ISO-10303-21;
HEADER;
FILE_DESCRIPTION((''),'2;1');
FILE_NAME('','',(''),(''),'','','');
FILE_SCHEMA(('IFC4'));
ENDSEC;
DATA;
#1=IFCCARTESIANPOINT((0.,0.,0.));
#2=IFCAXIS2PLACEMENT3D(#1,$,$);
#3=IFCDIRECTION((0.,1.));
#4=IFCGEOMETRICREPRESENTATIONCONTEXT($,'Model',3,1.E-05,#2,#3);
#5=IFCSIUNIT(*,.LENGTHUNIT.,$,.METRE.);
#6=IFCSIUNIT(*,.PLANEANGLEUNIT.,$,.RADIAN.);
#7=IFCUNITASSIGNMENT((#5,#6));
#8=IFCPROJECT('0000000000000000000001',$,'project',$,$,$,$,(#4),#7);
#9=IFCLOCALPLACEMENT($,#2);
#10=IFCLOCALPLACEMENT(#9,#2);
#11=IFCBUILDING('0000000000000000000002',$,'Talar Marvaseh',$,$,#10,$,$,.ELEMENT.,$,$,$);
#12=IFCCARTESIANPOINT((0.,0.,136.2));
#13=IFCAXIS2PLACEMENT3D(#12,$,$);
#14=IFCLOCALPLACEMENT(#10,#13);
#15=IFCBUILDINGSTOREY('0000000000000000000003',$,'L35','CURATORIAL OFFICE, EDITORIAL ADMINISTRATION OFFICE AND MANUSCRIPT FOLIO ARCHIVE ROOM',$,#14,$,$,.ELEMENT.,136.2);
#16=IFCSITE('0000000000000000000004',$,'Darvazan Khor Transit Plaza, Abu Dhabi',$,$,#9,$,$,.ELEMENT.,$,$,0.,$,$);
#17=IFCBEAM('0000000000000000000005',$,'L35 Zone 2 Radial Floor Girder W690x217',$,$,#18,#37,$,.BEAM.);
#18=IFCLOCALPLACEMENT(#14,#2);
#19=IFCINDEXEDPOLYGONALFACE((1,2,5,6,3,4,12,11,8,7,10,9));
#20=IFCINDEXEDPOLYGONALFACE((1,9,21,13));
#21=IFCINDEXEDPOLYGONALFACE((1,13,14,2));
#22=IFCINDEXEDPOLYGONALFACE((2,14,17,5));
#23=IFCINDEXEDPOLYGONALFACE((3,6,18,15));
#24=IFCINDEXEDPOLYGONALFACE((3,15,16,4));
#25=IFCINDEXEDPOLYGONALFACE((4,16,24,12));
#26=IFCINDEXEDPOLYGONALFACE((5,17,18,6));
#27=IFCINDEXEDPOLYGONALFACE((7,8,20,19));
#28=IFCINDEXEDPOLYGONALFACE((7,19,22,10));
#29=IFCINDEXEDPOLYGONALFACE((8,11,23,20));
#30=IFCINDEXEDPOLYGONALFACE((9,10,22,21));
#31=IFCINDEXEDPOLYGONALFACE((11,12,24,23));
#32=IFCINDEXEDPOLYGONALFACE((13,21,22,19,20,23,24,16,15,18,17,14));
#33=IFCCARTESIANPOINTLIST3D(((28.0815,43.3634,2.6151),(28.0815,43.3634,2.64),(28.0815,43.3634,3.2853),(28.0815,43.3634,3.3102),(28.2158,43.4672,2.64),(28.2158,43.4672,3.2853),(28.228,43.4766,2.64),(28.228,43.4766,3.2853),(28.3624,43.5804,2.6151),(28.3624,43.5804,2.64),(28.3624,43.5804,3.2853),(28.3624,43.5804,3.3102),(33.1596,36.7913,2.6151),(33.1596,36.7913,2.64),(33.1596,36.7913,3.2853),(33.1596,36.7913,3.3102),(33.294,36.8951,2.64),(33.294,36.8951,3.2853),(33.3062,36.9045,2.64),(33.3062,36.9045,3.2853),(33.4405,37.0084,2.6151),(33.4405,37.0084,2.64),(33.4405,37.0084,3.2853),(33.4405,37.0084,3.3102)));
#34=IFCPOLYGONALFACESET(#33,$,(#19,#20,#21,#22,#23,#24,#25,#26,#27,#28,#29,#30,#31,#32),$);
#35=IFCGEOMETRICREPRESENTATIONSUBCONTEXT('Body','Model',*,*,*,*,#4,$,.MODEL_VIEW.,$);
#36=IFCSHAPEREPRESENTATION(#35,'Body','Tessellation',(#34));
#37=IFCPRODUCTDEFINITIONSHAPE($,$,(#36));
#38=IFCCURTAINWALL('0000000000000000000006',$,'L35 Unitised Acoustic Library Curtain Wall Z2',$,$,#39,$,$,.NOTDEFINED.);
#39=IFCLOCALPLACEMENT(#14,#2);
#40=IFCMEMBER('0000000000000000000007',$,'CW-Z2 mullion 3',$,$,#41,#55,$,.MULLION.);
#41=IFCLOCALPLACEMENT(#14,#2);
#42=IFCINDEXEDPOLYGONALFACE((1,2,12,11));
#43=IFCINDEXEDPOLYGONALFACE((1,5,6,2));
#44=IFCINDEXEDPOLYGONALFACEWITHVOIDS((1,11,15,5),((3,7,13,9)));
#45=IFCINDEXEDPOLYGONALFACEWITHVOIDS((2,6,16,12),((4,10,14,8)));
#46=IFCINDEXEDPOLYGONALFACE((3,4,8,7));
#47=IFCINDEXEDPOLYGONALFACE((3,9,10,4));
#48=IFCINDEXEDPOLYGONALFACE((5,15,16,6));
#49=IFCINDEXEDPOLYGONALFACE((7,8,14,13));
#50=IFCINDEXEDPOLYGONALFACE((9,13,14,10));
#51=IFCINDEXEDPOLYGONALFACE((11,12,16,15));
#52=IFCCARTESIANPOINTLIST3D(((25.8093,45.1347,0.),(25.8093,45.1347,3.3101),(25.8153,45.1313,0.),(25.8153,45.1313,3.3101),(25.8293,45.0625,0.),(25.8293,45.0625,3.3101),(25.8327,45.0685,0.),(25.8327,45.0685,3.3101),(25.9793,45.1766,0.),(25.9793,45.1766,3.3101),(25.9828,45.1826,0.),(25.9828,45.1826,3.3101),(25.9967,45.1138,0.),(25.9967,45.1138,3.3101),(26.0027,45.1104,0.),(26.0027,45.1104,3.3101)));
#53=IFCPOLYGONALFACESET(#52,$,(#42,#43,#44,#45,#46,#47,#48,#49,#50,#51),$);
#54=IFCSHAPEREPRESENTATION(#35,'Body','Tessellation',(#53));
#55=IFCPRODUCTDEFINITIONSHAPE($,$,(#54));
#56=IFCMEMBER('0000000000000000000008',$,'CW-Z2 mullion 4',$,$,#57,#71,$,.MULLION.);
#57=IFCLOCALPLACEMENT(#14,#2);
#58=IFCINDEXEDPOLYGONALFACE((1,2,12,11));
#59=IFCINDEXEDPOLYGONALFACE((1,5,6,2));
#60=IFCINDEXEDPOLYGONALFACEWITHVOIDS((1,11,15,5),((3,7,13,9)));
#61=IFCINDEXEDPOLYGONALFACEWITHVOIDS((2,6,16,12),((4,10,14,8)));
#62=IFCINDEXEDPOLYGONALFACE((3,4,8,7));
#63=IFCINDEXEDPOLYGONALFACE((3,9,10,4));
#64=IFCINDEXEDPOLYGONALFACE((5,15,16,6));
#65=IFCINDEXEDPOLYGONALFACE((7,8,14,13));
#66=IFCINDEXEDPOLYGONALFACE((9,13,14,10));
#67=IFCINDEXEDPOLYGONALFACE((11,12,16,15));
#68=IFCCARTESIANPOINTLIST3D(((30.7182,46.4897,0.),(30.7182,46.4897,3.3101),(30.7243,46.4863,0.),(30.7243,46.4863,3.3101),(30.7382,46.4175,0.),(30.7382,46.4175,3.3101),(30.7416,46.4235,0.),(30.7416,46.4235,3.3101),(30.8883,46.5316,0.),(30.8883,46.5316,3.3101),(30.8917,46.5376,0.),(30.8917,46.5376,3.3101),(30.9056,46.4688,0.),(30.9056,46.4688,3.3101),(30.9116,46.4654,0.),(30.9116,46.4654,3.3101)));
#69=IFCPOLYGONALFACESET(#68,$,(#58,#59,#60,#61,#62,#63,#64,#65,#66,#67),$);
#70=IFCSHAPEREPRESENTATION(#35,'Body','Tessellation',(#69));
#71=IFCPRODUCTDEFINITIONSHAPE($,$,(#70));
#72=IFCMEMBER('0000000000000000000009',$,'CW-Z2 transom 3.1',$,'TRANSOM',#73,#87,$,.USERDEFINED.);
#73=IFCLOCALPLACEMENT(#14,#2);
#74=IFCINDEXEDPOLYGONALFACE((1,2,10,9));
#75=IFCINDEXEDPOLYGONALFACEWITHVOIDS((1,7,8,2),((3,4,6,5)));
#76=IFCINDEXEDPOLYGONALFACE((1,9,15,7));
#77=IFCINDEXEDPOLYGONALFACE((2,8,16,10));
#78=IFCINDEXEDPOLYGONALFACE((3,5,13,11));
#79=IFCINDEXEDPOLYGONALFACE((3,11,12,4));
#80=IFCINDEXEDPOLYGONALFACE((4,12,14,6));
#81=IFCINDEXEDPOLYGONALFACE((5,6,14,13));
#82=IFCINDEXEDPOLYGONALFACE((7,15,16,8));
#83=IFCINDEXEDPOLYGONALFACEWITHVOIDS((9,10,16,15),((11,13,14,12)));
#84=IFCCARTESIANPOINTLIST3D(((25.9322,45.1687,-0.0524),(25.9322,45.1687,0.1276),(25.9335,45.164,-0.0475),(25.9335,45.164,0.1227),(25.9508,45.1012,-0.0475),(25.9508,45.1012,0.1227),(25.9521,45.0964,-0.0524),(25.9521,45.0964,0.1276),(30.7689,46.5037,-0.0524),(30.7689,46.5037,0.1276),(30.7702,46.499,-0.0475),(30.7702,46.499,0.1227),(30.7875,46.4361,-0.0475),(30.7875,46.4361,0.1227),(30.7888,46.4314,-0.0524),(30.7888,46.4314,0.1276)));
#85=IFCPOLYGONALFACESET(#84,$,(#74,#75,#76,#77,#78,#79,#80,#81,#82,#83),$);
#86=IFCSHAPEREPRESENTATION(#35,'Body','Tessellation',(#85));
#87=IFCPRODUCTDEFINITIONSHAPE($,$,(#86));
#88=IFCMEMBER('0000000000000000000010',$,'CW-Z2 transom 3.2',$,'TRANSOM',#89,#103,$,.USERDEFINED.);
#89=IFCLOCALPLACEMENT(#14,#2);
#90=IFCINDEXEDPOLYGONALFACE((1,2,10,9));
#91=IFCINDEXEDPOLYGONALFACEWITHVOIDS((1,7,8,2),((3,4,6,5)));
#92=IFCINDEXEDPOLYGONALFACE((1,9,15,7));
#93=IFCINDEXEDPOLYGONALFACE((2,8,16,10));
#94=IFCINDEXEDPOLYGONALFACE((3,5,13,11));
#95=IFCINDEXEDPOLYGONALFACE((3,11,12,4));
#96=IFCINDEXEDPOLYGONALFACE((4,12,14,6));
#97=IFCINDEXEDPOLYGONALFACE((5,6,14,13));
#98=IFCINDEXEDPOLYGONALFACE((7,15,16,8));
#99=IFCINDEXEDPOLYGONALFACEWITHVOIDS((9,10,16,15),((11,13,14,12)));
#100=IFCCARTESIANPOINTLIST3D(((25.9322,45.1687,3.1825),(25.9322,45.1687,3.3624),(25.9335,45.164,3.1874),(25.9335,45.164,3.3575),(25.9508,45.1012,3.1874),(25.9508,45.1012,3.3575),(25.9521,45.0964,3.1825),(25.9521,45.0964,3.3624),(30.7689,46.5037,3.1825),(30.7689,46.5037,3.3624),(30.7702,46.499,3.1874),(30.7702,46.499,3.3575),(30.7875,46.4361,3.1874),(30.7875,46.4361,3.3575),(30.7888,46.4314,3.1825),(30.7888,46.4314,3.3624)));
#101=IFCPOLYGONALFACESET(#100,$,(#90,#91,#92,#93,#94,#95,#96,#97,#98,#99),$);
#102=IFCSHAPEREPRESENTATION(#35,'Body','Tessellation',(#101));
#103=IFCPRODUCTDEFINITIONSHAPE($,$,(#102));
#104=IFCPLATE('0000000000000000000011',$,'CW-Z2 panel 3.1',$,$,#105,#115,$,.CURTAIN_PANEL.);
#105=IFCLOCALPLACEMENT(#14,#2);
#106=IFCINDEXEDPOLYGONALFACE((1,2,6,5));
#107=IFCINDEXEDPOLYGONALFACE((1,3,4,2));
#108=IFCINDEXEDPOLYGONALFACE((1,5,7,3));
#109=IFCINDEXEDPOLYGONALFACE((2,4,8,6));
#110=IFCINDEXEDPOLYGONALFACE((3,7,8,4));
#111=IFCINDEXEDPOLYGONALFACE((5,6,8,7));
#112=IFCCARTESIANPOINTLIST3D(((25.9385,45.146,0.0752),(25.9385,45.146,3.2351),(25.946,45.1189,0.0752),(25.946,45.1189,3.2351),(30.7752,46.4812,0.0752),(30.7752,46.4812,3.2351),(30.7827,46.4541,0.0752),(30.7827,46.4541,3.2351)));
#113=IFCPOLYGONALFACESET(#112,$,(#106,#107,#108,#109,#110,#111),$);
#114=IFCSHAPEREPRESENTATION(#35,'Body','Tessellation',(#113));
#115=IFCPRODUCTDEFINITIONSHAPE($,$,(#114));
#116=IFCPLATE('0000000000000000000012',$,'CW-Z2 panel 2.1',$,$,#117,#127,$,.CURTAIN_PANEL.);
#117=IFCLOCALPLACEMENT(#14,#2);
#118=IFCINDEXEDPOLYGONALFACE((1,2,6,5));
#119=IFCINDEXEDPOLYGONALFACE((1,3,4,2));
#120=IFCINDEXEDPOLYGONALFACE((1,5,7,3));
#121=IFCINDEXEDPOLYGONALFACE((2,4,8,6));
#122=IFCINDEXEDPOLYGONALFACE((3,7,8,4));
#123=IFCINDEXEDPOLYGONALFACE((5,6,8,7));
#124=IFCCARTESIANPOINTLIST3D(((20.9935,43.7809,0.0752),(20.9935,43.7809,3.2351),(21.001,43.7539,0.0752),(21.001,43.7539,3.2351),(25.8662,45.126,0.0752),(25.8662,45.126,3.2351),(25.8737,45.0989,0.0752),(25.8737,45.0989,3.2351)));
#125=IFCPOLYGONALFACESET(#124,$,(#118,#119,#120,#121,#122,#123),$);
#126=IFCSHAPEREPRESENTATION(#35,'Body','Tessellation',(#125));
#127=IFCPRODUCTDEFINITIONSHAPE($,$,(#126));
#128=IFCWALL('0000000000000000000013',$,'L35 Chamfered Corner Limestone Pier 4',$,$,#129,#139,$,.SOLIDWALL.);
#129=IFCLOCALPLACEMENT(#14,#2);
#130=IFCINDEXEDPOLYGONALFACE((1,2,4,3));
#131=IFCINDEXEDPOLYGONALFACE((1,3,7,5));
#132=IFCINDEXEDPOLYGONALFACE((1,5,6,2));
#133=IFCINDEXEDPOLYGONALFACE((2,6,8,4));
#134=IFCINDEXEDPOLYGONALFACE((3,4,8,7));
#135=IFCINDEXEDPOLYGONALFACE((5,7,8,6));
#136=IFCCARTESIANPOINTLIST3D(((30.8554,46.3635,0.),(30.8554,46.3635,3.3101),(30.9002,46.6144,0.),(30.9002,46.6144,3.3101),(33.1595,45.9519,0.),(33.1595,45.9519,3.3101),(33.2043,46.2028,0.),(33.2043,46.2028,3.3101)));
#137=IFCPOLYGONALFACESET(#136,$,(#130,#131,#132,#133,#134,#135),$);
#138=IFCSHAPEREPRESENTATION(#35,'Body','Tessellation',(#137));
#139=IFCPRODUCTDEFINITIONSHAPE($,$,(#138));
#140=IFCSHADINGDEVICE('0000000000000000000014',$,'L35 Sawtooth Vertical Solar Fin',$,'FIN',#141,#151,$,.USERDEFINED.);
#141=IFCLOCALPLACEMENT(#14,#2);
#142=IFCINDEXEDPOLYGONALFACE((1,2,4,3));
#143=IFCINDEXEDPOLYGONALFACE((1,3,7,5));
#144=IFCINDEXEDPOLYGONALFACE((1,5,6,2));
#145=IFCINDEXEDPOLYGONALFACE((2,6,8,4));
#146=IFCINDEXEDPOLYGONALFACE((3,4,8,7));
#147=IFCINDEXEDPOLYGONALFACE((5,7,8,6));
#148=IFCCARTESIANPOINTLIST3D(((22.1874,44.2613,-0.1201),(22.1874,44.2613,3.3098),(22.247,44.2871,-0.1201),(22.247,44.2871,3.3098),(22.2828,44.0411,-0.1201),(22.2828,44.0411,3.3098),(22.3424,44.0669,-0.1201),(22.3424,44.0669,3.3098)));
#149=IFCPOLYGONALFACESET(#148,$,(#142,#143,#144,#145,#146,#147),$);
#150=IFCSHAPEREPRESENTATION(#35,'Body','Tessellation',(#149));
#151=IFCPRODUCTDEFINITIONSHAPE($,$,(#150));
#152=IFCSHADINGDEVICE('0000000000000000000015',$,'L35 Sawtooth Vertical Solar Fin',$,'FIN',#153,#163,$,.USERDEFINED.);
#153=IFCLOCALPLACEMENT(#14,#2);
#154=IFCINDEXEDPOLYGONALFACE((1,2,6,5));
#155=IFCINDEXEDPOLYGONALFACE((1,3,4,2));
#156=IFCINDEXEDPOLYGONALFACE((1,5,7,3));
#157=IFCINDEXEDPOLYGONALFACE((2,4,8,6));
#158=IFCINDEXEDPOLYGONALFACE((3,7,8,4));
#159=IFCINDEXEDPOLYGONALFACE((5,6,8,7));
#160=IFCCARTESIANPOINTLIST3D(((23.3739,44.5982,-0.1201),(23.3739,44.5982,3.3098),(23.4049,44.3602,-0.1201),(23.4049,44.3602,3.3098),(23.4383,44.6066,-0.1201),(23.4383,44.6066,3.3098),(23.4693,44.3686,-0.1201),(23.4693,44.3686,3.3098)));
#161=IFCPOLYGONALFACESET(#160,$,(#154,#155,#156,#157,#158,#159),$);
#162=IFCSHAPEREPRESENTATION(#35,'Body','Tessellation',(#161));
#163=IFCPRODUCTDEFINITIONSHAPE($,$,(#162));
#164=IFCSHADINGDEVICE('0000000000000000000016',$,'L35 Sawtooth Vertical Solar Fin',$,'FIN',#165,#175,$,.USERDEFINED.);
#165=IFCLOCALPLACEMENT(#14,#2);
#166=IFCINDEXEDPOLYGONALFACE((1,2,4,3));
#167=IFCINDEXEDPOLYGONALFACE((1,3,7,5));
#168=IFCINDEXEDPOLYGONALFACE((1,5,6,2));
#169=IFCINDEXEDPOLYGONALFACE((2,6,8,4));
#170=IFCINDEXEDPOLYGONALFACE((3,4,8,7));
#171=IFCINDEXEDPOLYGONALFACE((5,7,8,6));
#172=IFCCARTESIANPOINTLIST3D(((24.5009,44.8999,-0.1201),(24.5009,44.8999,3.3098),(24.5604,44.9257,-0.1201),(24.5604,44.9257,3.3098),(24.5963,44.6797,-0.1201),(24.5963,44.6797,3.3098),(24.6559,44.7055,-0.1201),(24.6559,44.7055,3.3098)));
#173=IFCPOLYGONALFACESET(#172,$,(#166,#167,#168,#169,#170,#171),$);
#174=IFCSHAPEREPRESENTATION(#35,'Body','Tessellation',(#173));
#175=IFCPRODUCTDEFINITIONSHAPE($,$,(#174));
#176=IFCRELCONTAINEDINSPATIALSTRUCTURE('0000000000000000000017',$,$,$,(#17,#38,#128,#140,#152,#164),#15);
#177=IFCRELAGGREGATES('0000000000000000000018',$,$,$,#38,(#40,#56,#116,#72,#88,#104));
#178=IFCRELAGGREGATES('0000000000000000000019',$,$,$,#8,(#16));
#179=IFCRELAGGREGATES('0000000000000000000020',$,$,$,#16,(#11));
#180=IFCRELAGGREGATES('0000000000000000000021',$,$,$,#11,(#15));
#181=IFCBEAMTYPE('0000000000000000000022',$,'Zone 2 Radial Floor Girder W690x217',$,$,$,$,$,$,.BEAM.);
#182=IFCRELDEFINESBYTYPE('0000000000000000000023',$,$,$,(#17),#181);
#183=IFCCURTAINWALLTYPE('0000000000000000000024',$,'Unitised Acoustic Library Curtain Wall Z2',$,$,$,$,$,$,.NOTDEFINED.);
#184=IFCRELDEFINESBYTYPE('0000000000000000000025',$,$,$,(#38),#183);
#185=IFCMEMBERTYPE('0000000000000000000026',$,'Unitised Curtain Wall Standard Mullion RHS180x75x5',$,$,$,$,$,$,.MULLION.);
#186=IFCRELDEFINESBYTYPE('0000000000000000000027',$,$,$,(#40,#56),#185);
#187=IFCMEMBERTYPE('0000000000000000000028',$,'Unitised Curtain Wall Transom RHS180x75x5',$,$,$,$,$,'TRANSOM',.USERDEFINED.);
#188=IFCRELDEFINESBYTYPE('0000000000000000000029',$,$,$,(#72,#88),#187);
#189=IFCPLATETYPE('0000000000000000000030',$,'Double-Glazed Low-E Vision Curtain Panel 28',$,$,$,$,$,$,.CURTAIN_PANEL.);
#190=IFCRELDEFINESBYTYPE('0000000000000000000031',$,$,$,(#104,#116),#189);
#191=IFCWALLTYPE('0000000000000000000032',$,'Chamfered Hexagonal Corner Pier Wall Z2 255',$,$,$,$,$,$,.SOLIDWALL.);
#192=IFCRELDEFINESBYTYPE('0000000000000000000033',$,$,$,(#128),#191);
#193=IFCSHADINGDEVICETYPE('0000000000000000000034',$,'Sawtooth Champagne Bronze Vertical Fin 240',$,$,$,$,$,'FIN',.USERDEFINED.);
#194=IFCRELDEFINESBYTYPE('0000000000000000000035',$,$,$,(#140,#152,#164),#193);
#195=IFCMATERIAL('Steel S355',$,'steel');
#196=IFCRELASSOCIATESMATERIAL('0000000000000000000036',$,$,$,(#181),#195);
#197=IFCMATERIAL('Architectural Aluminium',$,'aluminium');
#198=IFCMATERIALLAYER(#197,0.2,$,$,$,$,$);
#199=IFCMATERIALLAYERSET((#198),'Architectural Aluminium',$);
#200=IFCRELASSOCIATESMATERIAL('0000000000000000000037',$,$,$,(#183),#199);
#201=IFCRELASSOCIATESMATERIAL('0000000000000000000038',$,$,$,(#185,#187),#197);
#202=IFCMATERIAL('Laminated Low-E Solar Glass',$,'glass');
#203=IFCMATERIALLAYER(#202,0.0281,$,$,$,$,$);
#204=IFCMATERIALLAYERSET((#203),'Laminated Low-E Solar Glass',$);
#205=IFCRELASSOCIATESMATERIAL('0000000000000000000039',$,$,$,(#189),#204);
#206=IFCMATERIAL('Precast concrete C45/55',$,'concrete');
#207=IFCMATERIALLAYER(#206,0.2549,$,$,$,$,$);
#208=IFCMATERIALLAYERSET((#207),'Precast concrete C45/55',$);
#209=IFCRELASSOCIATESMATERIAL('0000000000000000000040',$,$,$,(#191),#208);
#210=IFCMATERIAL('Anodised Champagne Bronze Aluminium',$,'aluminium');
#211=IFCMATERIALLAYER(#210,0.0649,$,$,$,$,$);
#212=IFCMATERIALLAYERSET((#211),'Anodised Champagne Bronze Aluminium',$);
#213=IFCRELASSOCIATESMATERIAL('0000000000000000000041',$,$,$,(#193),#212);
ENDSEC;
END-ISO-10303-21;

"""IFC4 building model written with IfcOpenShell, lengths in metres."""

from ifc_helpers import new_model, si_unit, direction, frame, frame_2d, origin, origin_2d, place, context, subcontext, project, spatial, rectangle, hollow_rectangle, i_section, extrude, source, transform, mapped, material, layer, layer_set, material_profile, profile_set, type_object, type_shapes, element, aggregate, save


model = new_model("IFC4")

# Units and contexts
model_context = context("Model", 3, precision=1e-05, world=origin(), true_north=direction((0.0, 1.0)))
body_context = subcontext(model_context, "Body", "Model", "MODEL_VIEW")
ifc_project = project(units=[si_unit("LENGTHUNIT", "METRE"), si_unit("PLANEANGLEUNIT", "RADIAN")], contexts=[model_context])

# Site, building, storey
site_placement = place(None, origin())
site = spatial("IfcSite", under=ifc_project, at=site_placement, Name="Darvazan Khor Transit Plaza, Abu Dhabi", CompositionType="ELEMENT", RefElevation=0.0)
building_placement = place(site_placement, origin())
building = spatial("IfcBuilding", under=site, at=building_placement, Name="Talar Marvaseh", CompositionType="ELEMENT")
storey_placement = place(building_placement, frame((0.0, 0.0, 136.2)))
storey = spatial("IfcBuildingStorey", under=building, at=storey_placement, Name="L35", Description="CURATORIAL OFFICE, EDITORIAL ADMINISTRATION OFFICE AND MANUSCRIPT FOLIO ARCHIVE ROOM", CompositionType="ELEMENT", Elevation=136.2)

# Beam
ifc_material_1 = material(Name="Steel S355", Category="steel")
ifc_material_profile_1 = material_profile(ifc_material_1, i_section(OverallWidth=0.355, OverallDepth=0.6951, WebThickness=0.0154, FlangeThickness=0.0249, at=origin_2d()), Name="W690x217")
ifc_profile_set_1 = profile_set([ifc_material_profile_1], Name="Steel S355")
beam_type = type_object("IfcBeamType", Name="Zone 2 Radial Floor Girder W690x217", PredefinedType="BEAM", material=ifc_profile_set_1)
beam_placement = place(storey_placement, frame((28.2219, 43.4719, 2.9626), z_axis=(0.611428, -0.7913, 0.0), x_axis=(0.7913, 0.611428, 0.0)))
element("IfcBeam", 1, at=beam_placement, inside=storey, type_object=beam_type, Name="L35 Zone 2 Radial Floor Girder W690x217", PredefinedType="BEAM", context=body_context, shape_type="SweptSolid", body=[
    extrude(i_section(OverallWidth=0.355, OverallDepth=0.6951, WebThickness=0.0154, FlangeThickness=0.0249, at=origin_2d()), origin(), (0.0, 0.0, 1.0), 8.3054),
])

# Curtain wall, members, plates
ifc_material_2 = material(Name="Architectural Aluminium", Category="aluminium")
ifc_layer_1 = layer(ifc_material_2, 0.2)
ifc_layer_set_1 = layer_set([ifc_layer_1], Name="Architectural Aluminium")
curtain_wall_type = type_object("IfcCurtainWallType", Name="Unitised Acoustic Library Curtain Wall Z2", PredefinedType="NOTDEFINED", material=ifc_layer_set_1)
curtain_wall_placement = place(storey_placement, origin())
curtain_wall = element("IfcCurtainWall", 2, at=curtain_wall_placement, inside=storey, type_object=curtain_wall_type, Name="L35 Unitised Acoustic Library Curtain Wall Z2", PredefinedType="NOTDEFINED")
ifc_material_profile_2 = material_profile(ifc_material_2, hollow_rectangle(XDim=0.075, YDim=0.1799, WallThickness=0.0049, at=origin_2d()), Name="RHS180x75x5")
ifc_profile_set_2 = profile_set([ifc_material_profile_2], Name="Architectural Aluminium")
member_type_1 = type_object("IfcMemberType", Name="Unitised Curtain Wall Standard Mullion RHS180x75x5", PredefinedType="MULLION", material=ifc_profile_set_2)
shared_shape_1 = source(origin(), body_context, "Body", "SweptSolid", [
    extrude(hollow_rectangle(XDim=0.075, YDim=0.1799, WallThickness=0.0049, at=origin_2d()), origin(), (0.0, 0.0, 1.0), 3.3101),
])
type_shapes(member_type_1, [shared_shape_1])
member_1_placement = place(storey_placement, frame((25.906, 45.1226, 0.0), z_axis=(0.0, 0.0, 1.0), x_axis=(-0.266092, 0.963948, 0.0)))
member_1 = element("IfcMember", 3, at=member_1_placement, type_object=member_type_1, Name="CW-Z2 mullion 3", PredefinedType="MULLION", context=body_context, shape_type="MappedRepresentation", body=[
    mapped(shared_shape_1, transform((0.0, 0.0, 0.0), x_axis=(1.0, 0.0, 0.0), y_axis=(0.0, 1.0, 0.0), z_axis=(0.0, 0.0, 1.0), scale=1.0)),
])
member_2_placement = place(storey_placement, frame((30.8149, 46.4775, 0.0), z_axis=(0.0, 0.0, 1.0), x_axis=(-0.266092, 0.963948, 0.0)))
member_2 = element("IfcMember", 4, at=member_2_placement, type_object=member_type_1, Name="CW-Z2 mullion 4", PredefinedType="MULLION", context=body_context, shape_type="MappedRepresentation", body=[
    mapped(shared_shape_1, transform((0.0, 0.0, 0.0), x_axis=(1.0, 0.0, 0.0), y_axis=(0.0, 1.0, 0.0), z_axis=(0.0, 0.0, 1.0), scale=1.0)),
])
ifc_material_profile_3 = material_profile(ifc_material_2, hollow_rectangle(XDim=0.075, YDim=0.1799, WallThickness=0.0049, at=origin_2d()), Name="RHS180x75x5")
ifc_profile_set_3 = profile_set([ifc_material_profile_3], Name="Architectural Aluminium")
member_type_2 = type_object("IfcMemberType", Name="Unitised Curtain Wall Transom RHS180x75x5", ElementType="TRANSOM", PredefinedType="USERDEFINED", material=ifc_profile_set_3)
shared_shape_2 = source(origin(), body_context, "Body", "SweptSolid", [
    extrude(hollow_rectangle(XDim=0.075, YDim=0.1799, WallThickness=0.0049, at=origin_2d()), origin(), (0.0, 0.0, 1.0), 5.0176),
])
type_shapes(member_type_2, [shared_shape_2])
member_3_placement = place(storey_placement, frame((25.9421, 45.1326, 0.0376), z_axis=(0.963956, 0.26606, 0.0), x_axis=(-0.26606, 0.963956, 0.0)))
member_3 = element("IfcMember", 5, at=member_3_placement, type_object=member_type_2, Name="CW-Z2 transom 3.1", ObjectType="TRANSOM", PredefinedType="USERDEFINED", context=body_context, shape_type="MappedRepresentation", body=[
    mapped(shared_shape_2, transform((0.0, 0.0, 0.0), x_axis=(1.0, 0.0, 0.0), y_axis=(0.0, 1.0, 0.0), z_axis=(0.0, 0.0, 1.0), scale=1.0)),
])
member_4_placement = place(storey_placement, frame((25.9421, 45.1326, 3.2725), z_axis=(0.963956, 0.26606, 0.0), x_axis=(-0.26606, 0.963956, 0.0)))
member_4 = element("IfcMember", 6, at=member_4_placement, type_object=member_type_2, Name="CW-Z2 transom 3.2", ObjectType="TRANSOM", PredefinedType="USERDEFINED", context=body_context, shape_type="MappedRepresentation", body=[
    mapped(shared_shape_2, transform((0.0, 0.0, 0.0), x_axis=(1.0, 0.0, 0.0), y_axis=(0.0, 1.0, 0.0), z_axis=(0.0, 0.0, 1.0), scale=1.0)),
])
ifc_material_3 = material(Name="Laminated Low-E Solar Glass", Category="glass")
ifc_layer_2 = layer(ifc_material_3, 0.0281)
ifc_layer_set_2 = layer_set([ifc_layer_2], Name="Laminated Low-E Solar Glass")
plate_type = type_object("IfcPlateType", Name="Double-Glazed Low-E Vision Curtain Panel 28", PredefinedType="CURTAIN_PANEL", material=ifc_layer_set_2)
shared_shape_3 = source(origin(), body_context, "Body", "SweptSolid", [
    extrude(rectangle(XDim=5.0176, YDim=0.0281, at=origin_2d()), origin(), (0.0, 0.0, 1.0), 3.1599),
])
plate_1_placement = place(storey_placement, frame((28.3606, 45.8, 0.0752), z_axis=(0.0, 0.0, 1.0), x_axis=(0.963948, 0.266092, 0.0)))
plate_1 = element("IfcPlate", 7, at=plate_1_placement, type_object=plate_type, Name="CW-Z2 panel 3.1", PredefinedType="CURTAIN_PANEL", context=body_context, shape_type="MappedRepresentation", body=[
    mapped(shared_shape_3, transform((0.0, 0.0, 0.0), x_axis=(1.0, 0.0, 0.0), y_axis=(0.0, 1.0, 0.0), z_axis=(0.0, 0.0, 1.0), scale=1.0)),
])
shared_shape_4 = source(origin(), body_context, "Body", "SweptSolid", [
    extrude(rectangle(XDim=5.0549, YDim=0.0281, at=origin_2d()), origin(), (0.0, 0.0, 1.0), 3.1599),
])
type_shapes(plate_type, [shared_shape_3, shared_shape_4])
plate_2_placement = place(storey_placement, frame((23.4336, 44.4399, 0.0752), z_axis=(0.0, 0.0, 1.0), x_axis=(0.963948, 0.266092, 0.0)))
plate_2 = element("IfcPlate", 8, at=plate_2_placement, type_object=plate_type, Name="CW-Z2 panel 2.1", PredefinedType="CURTAIN_PANEL", context=body_context, shape_type="MappedRepresentation", body=[
    mapped(shared_shape_4, transform((0.0, 0.0, 0.0), x_axis=(1.0, 0.0, 0.0), y_axis=(0.0, 1.0, 0.0), z_axis=(0.0, 0.0, 1.0), scale=1.0)),
])
aggregate(curtain_wall, [member_1, member_2, plate_2, member_3, member_4, plate_1])

# Wall
ifc_material_4 = material(Name="Precast concrete C45/55", Category="concrete")
ifc_layer_3 = layer(ifc_material_4, 0.2549)
ifc_layer_set_3 = layer_set([ifc_layer_3], Name="Precast concrete C45/55")
wall_type = type_object("IfcWallType", Name="Chamfered Hexagonal Corner Pier Wall Z2 255", PredefinedType="SOLIDWALL", material=ifc_layer_set_3)
wall_placement = place(storey_placement, frame((30.8777, 46.489, 0.0), z_axis=(0.0, 0.0, 1.0), x_axis=(0.984416, -0.175856, 0.0)))
element("IfcWall", 9, at=wall_placement, inside=storey, type_object=wall_type, Name="L35 Chamfered Corner Limestone Pier 4", PredefinedType="SOLIDWALL", context=body_context, shape_type="SweptSolid", body=[
    extrude(rectangle(XDim=2.3406, YDim=0.2549, at=frame_2d((1.1704, 0.0))), origin(), (0.0, 0.0, 1.0), 3.3101),
])

# Shading devices
ifc_material_5 = material(Name="Anodised Champagne Bronze Aluminium", Category="aluminium")
ifc_layer_4 = layer(ifc_material_5, 0.0649)
ifc_layer_set_4 = layer_set([ifc_layer_4], Name="Anodised Champagne Bronze Aluminium")
shading_device_type = type_object("IfcShadingDeviceType", Name="Sawtooth Champagne Bronze Vertical Fin 240", ElementType="FIN", PredefinedType="USERDEFINED", material=ifc_layer_set_4)
shared_shape_5 = source(origin(), body_context, "Body", "SweptSolid", [
    extrude(rectangle(XDim=0.24, YDim=0.0649, at=origin_2d()), origin(), (0.0, 0.0, 1.0), 3.4299),
])
type_shapes(shading_device_type, [shared_shape_5])
for number, where, z_axis, x_axis, name in (
    (10, (22.2649, 44.1641, -0.1201), (0.0, 0.0, 1.0), (-0.397628, 0.917547, 0.0), "L35 Sawtooth Vertical Solar Fin"),
    (11, (23.4216, 44.4834, -0.1201), (0.0, 0.0, 1.0), (-0.129315, 0.991604, 0.0), "L35 Sawtooth Vertical Solar Fin"),
    (12, (24.5784, 44.8027, -0.1201), (0.0, 0.0, 1.0), (-0.397628, 0.917547, 0.0), "L35 Sawtooth Vertical Solar Fin"),
):
    element("IfcShadingDevice", number, at=place(storey_placement, frame(where, z_axis=z_axis, x_axis=x_axis)), inside=storey, type_object=shading_device_type, Name=name, ObjectType="FIN", PredefinedType="USERDEFINED", context=body_context, shape_type="MappedRepresentation", body=[
        mapped(shared_shape_5, transform((0.0, 0.0, 0.0), x_axis=(1.0, 0.0, 0.0), y_axis=(0.0, 1.0, 0.0), z_axis=(0.0, 0.0, 1.0), scale=1.0)),
    ])

save(model, "model.ifc")
